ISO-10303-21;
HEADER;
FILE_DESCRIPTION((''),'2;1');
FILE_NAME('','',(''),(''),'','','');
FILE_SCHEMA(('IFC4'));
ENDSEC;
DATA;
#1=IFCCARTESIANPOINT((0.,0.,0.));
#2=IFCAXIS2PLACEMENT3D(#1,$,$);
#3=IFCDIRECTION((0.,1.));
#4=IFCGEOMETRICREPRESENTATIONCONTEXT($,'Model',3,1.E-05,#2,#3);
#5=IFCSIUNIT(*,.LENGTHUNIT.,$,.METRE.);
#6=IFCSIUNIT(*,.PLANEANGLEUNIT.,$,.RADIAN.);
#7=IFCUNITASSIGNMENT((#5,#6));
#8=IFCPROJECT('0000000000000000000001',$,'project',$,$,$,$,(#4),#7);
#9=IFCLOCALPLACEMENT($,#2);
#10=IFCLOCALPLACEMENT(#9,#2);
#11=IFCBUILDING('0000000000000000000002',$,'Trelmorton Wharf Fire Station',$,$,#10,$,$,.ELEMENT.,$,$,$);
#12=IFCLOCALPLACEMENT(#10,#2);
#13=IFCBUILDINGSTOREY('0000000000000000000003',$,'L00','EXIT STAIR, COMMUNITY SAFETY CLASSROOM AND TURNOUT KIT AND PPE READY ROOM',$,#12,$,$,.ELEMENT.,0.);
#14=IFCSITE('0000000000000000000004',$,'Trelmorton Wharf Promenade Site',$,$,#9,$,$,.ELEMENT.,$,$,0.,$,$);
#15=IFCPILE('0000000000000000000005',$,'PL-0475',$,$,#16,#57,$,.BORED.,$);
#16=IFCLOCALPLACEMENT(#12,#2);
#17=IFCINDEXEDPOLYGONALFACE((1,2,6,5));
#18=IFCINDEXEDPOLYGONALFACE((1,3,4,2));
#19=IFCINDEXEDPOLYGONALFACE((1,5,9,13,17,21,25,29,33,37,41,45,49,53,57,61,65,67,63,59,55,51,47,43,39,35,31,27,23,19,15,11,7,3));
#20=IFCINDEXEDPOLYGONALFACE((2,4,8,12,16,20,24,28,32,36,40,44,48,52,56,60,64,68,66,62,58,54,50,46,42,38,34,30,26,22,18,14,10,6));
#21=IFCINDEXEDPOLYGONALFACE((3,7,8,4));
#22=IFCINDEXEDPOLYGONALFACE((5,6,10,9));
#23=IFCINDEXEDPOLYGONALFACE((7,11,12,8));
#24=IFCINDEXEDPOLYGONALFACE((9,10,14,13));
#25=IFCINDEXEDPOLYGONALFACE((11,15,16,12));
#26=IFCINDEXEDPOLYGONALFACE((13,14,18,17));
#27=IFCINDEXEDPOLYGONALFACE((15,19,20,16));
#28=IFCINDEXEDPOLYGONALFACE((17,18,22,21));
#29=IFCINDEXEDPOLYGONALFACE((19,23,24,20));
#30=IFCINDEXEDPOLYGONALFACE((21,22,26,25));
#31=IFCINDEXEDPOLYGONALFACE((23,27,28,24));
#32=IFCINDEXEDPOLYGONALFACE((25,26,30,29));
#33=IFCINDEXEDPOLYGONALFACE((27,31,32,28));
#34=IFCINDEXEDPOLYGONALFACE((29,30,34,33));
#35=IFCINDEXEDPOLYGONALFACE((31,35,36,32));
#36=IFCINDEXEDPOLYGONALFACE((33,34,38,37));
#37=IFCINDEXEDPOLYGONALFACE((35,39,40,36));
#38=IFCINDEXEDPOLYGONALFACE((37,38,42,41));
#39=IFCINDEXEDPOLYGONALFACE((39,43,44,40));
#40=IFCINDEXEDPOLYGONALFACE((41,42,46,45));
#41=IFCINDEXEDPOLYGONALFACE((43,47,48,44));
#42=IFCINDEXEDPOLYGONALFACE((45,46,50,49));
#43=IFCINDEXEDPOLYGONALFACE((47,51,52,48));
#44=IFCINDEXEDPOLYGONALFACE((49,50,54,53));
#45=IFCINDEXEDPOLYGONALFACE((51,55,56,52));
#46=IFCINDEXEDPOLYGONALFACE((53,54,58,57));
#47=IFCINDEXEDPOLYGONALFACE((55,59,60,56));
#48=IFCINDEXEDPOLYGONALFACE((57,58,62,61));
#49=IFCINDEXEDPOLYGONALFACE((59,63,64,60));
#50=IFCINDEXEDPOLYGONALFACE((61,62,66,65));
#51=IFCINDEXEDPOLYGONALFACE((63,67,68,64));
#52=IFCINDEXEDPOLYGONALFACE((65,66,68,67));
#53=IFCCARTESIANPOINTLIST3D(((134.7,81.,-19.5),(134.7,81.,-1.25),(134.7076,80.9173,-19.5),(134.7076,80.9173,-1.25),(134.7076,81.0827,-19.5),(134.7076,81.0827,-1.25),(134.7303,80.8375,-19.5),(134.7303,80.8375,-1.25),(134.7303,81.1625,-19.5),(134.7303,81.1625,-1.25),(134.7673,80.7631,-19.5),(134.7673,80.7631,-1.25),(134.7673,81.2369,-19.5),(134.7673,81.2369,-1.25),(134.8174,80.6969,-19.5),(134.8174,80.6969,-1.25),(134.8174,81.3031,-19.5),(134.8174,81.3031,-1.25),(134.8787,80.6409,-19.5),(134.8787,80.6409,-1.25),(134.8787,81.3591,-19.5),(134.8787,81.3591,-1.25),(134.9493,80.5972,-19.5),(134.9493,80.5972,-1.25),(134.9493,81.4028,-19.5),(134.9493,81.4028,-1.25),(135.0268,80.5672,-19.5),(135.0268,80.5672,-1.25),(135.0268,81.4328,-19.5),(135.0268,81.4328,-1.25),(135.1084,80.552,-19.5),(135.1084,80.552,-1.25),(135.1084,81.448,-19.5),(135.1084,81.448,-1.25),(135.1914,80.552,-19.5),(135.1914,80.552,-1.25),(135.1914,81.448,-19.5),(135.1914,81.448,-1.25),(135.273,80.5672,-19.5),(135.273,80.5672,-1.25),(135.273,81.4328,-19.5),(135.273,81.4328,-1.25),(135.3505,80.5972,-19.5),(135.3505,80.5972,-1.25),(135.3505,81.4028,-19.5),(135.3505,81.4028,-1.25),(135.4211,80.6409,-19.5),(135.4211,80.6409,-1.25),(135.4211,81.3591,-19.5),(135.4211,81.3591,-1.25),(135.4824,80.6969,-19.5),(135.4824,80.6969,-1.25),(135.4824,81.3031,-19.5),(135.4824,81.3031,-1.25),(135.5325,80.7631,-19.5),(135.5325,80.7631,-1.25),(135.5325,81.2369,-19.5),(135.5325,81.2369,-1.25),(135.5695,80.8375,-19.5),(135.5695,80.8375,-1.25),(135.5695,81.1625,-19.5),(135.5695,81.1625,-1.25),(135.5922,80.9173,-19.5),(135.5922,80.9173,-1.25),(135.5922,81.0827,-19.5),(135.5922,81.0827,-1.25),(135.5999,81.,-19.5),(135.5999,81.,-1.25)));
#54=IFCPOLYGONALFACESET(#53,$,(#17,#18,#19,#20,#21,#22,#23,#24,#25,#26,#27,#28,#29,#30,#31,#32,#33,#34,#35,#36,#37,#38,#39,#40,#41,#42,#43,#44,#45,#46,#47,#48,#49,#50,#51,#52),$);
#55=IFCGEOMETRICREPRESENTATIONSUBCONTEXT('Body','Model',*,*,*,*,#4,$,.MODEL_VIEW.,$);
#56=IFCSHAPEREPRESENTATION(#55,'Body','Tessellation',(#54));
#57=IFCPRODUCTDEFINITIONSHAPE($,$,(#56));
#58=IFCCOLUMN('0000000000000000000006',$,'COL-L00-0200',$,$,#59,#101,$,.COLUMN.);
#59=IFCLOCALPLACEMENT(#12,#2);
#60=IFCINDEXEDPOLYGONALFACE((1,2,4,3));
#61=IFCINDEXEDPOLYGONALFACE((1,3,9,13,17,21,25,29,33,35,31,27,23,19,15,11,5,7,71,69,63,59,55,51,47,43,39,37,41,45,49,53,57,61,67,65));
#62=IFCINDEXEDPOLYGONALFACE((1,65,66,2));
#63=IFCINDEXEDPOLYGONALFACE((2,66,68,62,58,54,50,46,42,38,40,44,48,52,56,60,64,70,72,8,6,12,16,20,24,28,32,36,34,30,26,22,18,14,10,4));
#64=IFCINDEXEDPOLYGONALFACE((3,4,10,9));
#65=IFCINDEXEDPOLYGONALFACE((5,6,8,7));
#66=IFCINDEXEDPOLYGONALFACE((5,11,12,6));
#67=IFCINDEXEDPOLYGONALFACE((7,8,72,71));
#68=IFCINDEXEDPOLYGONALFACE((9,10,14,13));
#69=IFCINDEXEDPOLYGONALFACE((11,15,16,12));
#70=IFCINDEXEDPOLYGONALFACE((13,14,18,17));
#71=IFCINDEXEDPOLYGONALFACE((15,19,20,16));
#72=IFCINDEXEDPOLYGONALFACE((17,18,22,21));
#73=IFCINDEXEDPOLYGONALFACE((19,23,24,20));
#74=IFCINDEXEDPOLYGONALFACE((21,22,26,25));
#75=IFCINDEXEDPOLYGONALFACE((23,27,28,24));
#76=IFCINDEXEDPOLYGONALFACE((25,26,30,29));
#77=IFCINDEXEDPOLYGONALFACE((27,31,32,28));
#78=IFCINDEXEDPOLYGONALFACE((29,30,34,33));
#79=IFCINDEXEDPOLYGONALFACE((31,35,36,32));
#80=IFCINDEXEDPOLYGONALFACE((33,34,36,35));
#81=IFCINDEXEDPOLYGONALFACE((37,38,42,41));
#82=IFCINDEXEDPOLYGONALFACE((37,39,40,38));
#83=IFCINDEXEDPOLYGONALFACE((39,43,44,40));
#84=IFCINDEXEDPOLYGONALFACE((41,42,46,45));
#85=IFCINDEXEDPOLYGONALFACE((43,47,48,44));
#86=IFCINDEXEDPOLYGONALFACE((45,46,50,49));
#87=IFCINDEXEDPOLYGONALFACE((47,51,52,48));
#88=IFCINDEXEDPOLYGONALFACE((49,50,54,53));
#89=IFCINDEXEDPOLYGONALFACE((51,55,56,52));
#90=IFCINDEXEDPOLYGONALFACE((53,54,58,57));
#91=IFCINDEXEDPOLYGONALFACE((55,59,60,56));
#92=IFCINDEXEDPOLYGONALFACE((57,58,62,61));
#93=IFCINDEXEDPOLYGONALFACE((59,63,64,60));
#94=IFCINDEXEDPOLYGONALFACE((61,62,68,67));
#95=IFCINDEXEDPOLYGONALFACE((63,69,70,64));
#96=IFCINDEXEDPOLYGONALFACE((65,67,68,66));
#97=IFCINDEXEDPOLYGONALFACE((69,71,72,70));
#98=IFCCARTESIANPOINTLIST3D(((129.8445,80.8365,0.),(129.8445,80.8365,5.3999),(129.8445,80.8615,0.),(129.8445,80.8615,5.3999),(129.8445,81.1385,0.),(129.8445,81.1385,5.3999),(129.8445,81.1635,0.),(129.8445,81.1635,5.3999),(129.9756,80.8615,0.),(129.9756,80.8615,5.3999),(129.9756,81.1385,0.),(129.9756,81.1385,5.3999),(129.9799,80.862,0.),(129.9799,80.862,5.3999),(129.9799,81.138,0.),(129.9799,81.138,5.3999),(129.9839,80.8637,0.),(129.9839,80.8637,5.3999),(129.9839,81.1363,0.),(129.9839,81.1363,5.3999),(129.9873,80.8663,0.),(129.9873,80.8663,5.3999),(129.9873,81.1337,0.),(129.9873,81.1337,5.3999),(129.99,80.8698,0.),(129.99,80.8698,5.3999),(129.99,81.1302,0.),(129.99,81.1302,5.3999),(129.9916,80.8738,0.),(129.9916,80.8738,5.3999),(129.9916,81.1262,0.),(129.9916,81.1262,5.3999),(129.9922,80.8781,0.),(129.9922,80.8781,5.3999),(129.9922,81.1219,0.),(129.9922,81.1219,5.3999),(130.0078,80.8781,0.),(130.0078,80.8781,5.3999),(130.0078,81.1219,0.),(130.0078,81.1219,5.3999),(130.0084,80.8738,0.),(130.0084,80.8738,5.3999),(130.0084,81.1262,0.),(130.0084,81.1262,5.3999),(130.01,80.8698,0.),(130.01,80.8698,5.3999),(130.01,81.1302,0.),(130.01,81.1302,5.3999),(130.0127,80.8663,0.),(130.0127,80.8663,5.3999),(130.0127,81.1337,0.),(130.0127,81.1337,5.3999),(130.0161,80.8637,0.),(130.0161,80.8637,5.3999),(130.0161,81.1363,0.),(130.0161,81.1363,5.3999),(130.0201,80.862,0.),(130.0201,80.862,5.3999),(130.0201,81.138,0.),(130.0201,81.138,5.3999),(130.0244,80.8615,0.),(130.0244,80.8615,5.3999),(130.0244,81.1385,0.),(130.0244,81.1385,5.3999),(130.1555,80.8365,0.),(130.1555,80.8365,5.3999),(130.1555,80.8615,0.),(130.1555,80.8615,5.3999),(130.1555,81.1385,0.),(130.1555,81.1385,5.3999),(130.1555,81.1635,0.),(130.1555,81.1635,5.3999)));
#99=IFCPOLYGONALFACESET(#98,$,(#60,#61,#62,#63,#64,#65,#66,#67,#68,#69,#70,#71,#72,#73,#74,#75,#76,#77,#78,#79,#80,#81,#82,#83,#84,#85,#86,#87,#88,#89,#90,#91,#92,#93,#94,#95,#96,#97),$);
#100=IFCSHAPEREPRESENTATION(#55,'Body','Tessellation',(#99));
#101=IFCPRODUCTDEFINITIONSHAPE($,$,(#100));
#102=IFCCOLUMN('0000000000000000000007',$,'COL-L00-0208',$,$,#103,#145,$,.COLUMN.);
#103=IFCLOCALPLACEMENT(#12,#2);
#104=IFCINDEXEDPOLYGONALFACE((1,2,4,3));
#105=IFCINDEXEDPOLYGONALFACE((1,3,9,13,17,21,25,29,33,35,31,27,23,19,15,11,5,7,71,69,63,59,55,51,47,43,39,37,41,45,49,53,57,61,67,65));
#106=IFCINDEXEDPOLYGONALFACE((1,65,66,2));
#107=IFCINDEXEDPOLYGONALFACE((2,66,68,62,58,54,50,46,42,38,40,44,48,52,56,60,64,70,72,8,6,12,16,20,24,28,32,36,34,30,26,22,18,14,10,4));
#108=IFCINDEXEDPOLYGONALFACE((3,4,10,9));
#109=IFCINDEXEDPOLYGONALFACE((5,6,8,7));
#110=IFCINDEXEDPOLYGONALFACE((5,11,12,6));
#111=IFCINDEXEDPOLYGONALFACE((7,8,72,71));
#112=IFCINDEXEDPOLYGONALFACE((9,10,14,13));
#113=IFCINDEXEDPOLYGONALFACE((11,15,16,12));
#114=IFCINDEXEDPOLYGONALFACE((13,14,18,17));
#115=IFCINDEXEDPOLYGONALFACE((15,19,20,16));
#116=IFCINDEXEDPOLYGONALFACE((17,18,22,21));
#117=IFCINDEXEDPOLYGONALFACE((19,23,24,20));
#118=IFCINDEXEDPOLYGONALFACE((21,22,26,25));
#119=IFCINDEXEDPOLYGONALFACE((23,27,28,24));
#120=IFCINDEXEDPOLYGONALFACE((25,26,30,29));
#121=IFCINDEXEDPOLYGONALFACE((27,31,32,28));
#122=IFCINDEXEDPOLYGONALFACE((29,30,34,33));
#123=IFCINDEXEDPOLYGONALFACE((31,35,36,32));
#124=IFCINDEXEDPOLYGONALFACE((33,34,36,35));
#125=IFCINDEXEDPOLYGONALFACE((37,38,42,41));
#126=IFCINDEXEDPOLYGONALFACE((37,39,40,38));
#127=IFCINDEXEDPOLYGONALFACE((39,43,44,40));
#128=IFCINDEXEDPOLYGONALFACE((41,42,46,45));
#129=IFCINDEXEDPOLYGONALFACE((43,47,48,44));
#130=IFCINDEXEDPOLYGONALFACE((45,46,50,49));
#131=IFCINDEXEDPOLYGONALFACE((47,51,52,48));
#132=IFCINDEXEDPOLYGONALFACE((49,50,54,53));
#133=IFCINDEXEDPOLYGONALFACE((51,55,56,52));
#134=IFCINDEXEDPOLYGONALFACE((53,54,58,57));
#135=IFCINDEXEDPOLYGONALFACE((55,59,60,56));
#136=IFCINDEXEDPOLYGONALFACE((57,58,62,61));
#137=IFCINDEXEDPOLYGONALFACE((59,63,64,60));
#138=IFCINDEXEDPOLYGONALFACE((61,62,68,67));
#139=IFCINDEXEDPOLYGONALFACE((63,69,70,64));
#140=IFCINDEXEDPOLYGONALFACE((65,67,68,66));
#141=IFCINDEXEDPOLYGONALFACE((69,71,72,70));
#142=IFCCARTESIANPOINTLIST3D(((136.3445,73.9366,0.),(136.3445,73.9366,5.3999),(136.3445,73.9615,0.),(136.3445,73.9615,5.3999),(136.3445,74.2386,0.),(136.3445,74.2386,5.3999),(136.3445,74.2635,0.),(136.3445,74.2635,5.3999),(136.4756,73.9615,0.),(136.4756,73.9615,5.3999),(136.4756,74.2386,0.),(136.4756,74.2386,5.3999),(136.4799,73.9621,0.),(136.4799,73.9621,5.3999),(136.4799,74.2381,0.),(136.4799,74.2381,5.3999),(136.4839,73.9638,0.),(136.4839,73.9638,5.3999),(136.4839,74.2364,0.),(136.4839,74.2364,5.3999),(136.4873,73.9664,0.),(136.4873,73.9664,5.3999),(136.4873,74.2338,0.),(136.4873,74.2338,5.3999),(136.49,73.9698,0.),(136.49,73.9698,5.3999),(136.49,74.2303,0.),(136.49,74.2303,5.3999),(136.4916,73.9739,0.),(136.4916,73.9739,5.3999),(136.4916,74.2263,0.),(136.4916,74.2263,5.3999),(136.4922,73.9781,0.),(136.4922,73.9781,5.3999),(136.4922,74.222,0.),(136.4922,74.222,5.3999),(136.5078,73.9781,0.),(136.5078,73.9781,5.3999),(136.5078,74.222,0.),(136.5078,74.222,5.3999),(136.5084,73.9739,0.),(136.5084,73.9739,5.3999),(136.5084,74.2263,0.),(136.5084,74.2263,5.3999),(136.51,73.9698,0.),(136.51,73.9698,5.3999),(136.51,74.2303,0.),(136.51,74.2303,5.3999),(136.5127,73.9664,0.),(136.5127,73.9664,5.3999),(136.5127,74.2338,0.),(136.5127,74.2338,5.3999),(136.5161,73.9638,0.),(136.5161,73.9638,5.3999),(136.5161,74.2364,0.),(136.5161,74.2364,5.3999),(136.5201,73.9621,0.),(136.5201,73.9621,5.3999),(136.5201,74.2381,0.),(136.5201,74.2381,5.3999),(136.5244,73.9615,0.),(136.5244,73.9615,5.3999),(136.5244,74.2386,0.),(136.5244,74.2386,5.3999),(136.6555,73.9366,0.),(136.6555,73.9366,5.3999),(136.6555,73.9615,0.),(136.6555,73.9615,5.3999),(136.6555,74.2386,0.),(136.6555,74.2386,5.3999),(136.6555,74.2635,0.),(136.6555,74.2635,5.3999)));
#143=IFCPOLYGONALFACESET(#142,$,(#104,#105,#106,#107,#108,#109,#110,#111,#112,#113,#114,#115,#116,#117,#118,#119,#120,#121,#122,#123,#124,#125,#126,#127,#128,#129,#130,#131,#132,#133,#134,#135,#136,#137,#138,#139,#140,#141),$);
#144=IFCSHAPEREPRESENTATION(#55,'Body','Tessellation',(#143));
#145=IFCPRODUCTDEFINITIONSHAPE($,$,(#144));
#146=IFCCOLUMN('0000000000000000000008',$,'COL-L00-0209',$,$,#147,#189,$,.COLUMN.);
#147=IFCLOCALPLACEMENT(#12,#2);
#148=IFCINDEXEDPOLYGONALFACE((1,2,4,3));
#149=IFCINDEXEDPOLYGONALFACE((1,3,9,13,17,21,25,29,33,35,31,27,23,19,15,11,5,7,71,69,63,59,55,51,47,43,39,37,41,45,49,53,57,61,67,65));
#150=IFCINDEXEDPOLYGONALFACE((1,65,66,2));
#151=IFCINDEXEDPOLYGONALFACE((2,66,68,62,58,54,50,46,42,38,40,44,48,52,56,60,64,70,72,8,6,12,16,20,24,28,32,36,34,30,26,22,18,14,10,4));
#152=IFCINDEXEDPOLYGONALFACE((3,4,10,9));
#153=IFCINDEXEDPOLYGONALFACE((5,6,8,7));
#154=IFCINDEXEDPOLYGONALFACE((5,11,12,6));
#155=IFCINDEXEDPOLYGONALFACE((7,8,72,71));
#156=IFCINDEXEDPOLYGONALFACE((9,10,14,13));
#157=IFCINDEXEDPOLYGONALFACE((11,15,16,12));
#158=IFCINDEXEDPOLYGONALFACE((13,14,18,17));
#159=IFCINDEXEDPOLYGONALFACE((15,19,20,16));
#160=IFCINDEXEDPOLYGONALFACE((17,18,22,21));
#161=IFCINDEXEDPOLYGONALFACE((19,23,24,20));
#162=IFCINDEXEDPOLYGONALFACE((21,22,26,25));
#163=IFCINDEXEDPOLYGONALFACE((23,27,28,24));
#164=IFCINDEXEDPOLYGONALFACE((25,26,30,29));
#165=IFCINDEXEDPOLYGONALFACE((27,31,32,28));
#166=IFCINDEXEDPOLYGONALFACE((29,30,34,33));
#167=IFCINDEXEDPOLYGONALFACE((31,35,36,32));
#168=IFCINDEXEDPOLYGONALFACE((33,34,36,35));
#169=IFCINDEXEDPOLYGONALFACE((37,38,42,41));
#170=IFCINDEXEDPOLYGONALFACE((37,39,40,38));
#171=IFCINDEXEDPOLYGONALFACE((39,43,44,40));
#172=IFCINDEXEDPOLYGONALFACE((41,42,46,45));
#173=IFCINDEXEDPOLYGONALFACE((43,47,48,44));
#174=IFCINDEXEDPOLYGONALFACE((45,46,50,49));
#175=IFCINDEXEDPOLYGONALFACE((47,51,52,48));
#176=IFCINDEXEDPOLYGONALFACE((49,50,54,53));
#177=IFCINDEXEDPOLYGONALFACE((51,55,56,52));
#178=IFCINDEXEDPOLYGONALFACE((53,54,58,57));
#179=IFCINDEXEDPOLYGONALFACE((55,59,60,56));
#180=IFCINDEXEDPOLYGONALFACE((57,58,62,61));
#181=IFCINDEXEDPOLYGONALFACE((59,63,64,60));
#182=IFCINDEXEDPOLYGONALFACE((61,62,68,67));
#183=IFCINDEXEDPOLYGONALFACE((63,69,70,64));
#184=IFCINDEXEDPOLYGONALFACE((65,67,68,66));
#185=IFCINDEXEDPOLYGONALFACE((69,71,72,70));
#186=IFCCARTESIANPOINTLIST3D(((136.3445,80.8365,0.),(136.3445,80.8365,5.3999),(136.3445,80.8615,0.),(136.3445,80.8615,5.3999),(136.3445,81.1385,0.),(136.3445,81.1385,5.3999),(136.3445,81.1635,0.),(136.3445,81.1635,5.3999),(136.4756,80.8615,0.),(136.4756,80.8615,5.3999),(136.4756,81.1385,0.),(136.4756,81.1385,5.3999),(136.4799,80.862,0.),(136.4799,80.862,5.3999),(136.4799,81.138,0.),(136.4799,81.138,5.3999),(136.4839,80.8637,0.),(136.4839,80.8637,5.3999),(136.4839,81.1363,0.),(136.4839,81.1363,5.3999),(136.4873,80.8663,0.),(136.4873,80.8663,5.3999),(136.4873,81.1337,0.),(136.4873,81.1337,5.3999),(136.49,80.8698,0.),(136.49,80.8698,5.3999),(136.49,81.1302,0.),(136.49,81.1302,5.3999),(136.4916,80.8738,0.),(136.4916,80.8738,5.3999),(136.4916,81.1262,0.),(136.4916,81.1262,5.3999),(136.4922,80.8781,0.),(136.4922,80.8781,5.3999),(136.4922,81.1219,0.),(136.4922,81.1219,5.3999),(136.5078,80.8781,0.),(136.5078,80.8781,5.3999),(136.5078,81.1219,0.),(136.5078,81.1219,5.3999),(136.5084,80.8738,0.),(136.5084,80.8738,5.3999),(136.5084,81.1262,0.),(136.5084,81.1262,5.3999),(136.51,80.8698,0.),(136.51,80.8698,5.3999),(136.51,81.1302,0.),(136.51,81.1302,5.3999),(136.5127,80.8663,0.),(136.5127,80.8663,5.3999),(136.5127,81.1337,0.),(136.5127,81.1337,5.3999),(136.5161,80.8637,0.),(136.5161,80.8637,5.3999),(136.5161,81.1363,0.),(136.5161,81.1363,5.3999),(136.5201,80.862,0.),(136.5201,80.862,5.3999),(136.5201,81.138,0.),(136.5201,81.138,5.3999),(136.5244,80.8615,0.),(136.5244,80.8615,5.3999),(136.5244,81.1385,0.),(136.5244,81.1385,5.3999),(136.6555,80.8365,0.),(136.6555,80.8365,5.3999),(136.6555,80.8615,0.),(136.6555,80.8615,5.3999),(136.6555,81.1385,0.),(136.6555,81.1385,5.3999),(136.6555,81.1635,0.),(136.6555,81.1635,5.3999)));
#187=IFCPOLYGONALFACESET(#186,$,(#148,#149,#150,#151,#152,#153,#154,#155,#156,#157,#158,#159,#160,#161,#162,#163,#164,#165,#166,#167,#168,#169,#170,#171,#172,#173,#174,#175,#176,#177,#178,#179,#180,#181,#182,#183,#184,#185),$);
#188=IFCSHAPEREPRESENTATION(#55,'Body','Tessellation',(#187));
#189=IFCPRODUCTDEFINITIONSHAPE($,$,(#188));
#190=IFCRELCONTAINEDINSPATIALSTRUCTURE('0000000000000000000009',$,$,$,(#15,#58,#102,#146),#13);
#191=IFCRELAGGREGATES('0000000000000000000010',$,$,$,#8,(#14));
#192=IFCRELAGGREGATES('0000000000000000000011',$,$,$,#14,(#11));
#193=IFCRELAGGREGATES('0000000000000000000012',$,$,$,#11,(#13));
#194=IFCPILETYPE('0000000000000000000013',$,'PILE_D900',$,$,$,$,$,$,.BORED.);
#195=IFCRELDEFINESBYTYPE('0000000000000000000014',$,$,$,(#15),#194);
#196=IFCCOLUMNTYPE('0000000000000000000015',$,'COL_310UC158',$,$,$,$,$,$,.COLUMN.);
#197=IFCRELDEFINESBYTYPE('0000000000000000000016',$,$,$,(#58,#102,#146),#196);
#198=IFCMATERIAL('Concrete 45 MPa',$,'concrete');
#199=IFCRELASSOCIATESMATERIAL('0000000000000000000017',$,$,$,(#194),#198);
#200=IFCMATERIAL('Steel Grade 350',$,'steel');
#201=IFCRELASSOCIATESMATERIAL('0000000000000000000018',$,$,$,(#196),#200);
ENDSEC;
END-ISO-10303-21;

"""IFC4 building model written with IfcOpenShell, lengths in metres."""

from ifc_helpers import new_model, si_unit, direction, frame, origin, origin_2d, place, context, subcontext, project, spatial, circle, i_section, extrude, material, material_profile, profile_set, type_object, element, save


model = new_model("IFC4")

# Units and contexts
model_context = context("Model", 3, precision=1e-05, world=origin(), true_north=direction((0.0, 1.0)))
body_context = subcontext(model_context, "Body", "Model", "MODEL_VIEW")
ifc_project = project(units=[si_unit("LENGTHUNIT", "METRE"), si_unit("PLANEANGLEUNIT", "RADIAN")], contexts=[model_context])

# Site, building, storey
site_placement = place(None, origin())
site = spatial("IfcSite", under=ifc_project, at=site_placement, Name="Trelmorton Wharf Promenade Site", CompositionType="ELEMENT", RefElevation=0.0)
building_placement = place(site_placement, origin())
building = spatial("IfcBuilding", under=site, at=building_placement, Name="Trelmorton Wharf Fire Station", CompositionType="ELEMENT")
storey_placement = place(building_placement, origin())
storey = spatial("IfcBuildingStorey", under=building, at=storey_placement, Name="L00", Description="EXIT STAIR, COMMUNITY SAFETY CLASSROOM AND TURNOUT KIT AND PPE READY ROOM", CompositionType="ELEMENT", Elevation=0.0)

# Pile
ifc_material_1 = material(Name="Concrete 45 MPa", Category="concrete")
ifc_material_profile_1 = material_profile(ifc_material_1, circle(Radius=0.45, at=origin_2d()), Name="PILE-D900")
ifc_profile_set_1 = profile_set([ifc_material_profile_1], Name="Concrete 45 MPa")
pile_type = type_object("IfcPileType", Name="PILE_D900", PredefinedType="BORED", material=ifc_profile_set_1)
for number, where, z_axis, x_axis, name in (
    (1, (135.1499, 81.0, -1.25), (0.0, 0.0, -1.0), (1.0, 0.0, 0.0), "PL-0475"),
):
    element("IfcPile", number, at=place(storey_placement, frame(where, z_axis=z_axis, x_axis=x_axis)), inside=storey, type_object=pile_type, Name=name, PredefinedType="BORED", context=body_context, shape_type="SweptSolid", body=[
        extrude(circle(Radius=0.45, at=origin_2d()), origin(), (0.0, 0.0, 1.0), 18.25),
    ])

# Columns
ifc_material_2 = material(Name="Steel Grade 350", Category="steel")
ifc_material_profile_2 = material_profile(ifc_material_2, i_section(OverallWidth=0.311, OverallDepth=0.3269, WebThickness=0.0156, FlangeThickness=0.0249, FilletRadius=0.0166, at=origin_2d()), Name="310UC158")
ifc_profile_set_2 = profile_set([ifc_material_profile_2], Name="Steel Grade 350")
column_type = type_object("IfcColumnType", Name="COL_310UC158", PredefinedType="COLUMN", material=ifc_profile_set_2)
for number, where, z_axis, x_axis, name in (
    (2, (130.0, 81.0, 0.0), (0.0, 0.0, 1.0), (1.0, 0.0, 0.0), "COL-L00-0200"),
    (3, (136.5, 74.1001, 0.0), (0.0, 0.0, 1.0), (1.0, 0.0, 0.0), "COL-L00-0208"),
    (4, (136.5, 81.0, 0.0), (0.0, 0.0, 1.0), (1.0, 0.0, 0.0), "COL-L00-0209"),
):
    element("IfcColumn", number, at=place(storey_placement, frame(where, z_axis=z_axis, x_axis=x_axis)), inside=storey, type_object=column_type, Name=name, PredefinedType="COLUMN", context=body_context, shape_type="SweptSolid", body=[
        extrude(i_section(OverallWidth=0.311, OverallDepth=0.3269, WebThickness=0.0156, FlangeThickness=0.0249, FilletRadius=0.0166, at=origin_2d()), origin(), (0.0, 0.0, 1.0), 5.3999),
    ])

save(model, "model.ifc")
